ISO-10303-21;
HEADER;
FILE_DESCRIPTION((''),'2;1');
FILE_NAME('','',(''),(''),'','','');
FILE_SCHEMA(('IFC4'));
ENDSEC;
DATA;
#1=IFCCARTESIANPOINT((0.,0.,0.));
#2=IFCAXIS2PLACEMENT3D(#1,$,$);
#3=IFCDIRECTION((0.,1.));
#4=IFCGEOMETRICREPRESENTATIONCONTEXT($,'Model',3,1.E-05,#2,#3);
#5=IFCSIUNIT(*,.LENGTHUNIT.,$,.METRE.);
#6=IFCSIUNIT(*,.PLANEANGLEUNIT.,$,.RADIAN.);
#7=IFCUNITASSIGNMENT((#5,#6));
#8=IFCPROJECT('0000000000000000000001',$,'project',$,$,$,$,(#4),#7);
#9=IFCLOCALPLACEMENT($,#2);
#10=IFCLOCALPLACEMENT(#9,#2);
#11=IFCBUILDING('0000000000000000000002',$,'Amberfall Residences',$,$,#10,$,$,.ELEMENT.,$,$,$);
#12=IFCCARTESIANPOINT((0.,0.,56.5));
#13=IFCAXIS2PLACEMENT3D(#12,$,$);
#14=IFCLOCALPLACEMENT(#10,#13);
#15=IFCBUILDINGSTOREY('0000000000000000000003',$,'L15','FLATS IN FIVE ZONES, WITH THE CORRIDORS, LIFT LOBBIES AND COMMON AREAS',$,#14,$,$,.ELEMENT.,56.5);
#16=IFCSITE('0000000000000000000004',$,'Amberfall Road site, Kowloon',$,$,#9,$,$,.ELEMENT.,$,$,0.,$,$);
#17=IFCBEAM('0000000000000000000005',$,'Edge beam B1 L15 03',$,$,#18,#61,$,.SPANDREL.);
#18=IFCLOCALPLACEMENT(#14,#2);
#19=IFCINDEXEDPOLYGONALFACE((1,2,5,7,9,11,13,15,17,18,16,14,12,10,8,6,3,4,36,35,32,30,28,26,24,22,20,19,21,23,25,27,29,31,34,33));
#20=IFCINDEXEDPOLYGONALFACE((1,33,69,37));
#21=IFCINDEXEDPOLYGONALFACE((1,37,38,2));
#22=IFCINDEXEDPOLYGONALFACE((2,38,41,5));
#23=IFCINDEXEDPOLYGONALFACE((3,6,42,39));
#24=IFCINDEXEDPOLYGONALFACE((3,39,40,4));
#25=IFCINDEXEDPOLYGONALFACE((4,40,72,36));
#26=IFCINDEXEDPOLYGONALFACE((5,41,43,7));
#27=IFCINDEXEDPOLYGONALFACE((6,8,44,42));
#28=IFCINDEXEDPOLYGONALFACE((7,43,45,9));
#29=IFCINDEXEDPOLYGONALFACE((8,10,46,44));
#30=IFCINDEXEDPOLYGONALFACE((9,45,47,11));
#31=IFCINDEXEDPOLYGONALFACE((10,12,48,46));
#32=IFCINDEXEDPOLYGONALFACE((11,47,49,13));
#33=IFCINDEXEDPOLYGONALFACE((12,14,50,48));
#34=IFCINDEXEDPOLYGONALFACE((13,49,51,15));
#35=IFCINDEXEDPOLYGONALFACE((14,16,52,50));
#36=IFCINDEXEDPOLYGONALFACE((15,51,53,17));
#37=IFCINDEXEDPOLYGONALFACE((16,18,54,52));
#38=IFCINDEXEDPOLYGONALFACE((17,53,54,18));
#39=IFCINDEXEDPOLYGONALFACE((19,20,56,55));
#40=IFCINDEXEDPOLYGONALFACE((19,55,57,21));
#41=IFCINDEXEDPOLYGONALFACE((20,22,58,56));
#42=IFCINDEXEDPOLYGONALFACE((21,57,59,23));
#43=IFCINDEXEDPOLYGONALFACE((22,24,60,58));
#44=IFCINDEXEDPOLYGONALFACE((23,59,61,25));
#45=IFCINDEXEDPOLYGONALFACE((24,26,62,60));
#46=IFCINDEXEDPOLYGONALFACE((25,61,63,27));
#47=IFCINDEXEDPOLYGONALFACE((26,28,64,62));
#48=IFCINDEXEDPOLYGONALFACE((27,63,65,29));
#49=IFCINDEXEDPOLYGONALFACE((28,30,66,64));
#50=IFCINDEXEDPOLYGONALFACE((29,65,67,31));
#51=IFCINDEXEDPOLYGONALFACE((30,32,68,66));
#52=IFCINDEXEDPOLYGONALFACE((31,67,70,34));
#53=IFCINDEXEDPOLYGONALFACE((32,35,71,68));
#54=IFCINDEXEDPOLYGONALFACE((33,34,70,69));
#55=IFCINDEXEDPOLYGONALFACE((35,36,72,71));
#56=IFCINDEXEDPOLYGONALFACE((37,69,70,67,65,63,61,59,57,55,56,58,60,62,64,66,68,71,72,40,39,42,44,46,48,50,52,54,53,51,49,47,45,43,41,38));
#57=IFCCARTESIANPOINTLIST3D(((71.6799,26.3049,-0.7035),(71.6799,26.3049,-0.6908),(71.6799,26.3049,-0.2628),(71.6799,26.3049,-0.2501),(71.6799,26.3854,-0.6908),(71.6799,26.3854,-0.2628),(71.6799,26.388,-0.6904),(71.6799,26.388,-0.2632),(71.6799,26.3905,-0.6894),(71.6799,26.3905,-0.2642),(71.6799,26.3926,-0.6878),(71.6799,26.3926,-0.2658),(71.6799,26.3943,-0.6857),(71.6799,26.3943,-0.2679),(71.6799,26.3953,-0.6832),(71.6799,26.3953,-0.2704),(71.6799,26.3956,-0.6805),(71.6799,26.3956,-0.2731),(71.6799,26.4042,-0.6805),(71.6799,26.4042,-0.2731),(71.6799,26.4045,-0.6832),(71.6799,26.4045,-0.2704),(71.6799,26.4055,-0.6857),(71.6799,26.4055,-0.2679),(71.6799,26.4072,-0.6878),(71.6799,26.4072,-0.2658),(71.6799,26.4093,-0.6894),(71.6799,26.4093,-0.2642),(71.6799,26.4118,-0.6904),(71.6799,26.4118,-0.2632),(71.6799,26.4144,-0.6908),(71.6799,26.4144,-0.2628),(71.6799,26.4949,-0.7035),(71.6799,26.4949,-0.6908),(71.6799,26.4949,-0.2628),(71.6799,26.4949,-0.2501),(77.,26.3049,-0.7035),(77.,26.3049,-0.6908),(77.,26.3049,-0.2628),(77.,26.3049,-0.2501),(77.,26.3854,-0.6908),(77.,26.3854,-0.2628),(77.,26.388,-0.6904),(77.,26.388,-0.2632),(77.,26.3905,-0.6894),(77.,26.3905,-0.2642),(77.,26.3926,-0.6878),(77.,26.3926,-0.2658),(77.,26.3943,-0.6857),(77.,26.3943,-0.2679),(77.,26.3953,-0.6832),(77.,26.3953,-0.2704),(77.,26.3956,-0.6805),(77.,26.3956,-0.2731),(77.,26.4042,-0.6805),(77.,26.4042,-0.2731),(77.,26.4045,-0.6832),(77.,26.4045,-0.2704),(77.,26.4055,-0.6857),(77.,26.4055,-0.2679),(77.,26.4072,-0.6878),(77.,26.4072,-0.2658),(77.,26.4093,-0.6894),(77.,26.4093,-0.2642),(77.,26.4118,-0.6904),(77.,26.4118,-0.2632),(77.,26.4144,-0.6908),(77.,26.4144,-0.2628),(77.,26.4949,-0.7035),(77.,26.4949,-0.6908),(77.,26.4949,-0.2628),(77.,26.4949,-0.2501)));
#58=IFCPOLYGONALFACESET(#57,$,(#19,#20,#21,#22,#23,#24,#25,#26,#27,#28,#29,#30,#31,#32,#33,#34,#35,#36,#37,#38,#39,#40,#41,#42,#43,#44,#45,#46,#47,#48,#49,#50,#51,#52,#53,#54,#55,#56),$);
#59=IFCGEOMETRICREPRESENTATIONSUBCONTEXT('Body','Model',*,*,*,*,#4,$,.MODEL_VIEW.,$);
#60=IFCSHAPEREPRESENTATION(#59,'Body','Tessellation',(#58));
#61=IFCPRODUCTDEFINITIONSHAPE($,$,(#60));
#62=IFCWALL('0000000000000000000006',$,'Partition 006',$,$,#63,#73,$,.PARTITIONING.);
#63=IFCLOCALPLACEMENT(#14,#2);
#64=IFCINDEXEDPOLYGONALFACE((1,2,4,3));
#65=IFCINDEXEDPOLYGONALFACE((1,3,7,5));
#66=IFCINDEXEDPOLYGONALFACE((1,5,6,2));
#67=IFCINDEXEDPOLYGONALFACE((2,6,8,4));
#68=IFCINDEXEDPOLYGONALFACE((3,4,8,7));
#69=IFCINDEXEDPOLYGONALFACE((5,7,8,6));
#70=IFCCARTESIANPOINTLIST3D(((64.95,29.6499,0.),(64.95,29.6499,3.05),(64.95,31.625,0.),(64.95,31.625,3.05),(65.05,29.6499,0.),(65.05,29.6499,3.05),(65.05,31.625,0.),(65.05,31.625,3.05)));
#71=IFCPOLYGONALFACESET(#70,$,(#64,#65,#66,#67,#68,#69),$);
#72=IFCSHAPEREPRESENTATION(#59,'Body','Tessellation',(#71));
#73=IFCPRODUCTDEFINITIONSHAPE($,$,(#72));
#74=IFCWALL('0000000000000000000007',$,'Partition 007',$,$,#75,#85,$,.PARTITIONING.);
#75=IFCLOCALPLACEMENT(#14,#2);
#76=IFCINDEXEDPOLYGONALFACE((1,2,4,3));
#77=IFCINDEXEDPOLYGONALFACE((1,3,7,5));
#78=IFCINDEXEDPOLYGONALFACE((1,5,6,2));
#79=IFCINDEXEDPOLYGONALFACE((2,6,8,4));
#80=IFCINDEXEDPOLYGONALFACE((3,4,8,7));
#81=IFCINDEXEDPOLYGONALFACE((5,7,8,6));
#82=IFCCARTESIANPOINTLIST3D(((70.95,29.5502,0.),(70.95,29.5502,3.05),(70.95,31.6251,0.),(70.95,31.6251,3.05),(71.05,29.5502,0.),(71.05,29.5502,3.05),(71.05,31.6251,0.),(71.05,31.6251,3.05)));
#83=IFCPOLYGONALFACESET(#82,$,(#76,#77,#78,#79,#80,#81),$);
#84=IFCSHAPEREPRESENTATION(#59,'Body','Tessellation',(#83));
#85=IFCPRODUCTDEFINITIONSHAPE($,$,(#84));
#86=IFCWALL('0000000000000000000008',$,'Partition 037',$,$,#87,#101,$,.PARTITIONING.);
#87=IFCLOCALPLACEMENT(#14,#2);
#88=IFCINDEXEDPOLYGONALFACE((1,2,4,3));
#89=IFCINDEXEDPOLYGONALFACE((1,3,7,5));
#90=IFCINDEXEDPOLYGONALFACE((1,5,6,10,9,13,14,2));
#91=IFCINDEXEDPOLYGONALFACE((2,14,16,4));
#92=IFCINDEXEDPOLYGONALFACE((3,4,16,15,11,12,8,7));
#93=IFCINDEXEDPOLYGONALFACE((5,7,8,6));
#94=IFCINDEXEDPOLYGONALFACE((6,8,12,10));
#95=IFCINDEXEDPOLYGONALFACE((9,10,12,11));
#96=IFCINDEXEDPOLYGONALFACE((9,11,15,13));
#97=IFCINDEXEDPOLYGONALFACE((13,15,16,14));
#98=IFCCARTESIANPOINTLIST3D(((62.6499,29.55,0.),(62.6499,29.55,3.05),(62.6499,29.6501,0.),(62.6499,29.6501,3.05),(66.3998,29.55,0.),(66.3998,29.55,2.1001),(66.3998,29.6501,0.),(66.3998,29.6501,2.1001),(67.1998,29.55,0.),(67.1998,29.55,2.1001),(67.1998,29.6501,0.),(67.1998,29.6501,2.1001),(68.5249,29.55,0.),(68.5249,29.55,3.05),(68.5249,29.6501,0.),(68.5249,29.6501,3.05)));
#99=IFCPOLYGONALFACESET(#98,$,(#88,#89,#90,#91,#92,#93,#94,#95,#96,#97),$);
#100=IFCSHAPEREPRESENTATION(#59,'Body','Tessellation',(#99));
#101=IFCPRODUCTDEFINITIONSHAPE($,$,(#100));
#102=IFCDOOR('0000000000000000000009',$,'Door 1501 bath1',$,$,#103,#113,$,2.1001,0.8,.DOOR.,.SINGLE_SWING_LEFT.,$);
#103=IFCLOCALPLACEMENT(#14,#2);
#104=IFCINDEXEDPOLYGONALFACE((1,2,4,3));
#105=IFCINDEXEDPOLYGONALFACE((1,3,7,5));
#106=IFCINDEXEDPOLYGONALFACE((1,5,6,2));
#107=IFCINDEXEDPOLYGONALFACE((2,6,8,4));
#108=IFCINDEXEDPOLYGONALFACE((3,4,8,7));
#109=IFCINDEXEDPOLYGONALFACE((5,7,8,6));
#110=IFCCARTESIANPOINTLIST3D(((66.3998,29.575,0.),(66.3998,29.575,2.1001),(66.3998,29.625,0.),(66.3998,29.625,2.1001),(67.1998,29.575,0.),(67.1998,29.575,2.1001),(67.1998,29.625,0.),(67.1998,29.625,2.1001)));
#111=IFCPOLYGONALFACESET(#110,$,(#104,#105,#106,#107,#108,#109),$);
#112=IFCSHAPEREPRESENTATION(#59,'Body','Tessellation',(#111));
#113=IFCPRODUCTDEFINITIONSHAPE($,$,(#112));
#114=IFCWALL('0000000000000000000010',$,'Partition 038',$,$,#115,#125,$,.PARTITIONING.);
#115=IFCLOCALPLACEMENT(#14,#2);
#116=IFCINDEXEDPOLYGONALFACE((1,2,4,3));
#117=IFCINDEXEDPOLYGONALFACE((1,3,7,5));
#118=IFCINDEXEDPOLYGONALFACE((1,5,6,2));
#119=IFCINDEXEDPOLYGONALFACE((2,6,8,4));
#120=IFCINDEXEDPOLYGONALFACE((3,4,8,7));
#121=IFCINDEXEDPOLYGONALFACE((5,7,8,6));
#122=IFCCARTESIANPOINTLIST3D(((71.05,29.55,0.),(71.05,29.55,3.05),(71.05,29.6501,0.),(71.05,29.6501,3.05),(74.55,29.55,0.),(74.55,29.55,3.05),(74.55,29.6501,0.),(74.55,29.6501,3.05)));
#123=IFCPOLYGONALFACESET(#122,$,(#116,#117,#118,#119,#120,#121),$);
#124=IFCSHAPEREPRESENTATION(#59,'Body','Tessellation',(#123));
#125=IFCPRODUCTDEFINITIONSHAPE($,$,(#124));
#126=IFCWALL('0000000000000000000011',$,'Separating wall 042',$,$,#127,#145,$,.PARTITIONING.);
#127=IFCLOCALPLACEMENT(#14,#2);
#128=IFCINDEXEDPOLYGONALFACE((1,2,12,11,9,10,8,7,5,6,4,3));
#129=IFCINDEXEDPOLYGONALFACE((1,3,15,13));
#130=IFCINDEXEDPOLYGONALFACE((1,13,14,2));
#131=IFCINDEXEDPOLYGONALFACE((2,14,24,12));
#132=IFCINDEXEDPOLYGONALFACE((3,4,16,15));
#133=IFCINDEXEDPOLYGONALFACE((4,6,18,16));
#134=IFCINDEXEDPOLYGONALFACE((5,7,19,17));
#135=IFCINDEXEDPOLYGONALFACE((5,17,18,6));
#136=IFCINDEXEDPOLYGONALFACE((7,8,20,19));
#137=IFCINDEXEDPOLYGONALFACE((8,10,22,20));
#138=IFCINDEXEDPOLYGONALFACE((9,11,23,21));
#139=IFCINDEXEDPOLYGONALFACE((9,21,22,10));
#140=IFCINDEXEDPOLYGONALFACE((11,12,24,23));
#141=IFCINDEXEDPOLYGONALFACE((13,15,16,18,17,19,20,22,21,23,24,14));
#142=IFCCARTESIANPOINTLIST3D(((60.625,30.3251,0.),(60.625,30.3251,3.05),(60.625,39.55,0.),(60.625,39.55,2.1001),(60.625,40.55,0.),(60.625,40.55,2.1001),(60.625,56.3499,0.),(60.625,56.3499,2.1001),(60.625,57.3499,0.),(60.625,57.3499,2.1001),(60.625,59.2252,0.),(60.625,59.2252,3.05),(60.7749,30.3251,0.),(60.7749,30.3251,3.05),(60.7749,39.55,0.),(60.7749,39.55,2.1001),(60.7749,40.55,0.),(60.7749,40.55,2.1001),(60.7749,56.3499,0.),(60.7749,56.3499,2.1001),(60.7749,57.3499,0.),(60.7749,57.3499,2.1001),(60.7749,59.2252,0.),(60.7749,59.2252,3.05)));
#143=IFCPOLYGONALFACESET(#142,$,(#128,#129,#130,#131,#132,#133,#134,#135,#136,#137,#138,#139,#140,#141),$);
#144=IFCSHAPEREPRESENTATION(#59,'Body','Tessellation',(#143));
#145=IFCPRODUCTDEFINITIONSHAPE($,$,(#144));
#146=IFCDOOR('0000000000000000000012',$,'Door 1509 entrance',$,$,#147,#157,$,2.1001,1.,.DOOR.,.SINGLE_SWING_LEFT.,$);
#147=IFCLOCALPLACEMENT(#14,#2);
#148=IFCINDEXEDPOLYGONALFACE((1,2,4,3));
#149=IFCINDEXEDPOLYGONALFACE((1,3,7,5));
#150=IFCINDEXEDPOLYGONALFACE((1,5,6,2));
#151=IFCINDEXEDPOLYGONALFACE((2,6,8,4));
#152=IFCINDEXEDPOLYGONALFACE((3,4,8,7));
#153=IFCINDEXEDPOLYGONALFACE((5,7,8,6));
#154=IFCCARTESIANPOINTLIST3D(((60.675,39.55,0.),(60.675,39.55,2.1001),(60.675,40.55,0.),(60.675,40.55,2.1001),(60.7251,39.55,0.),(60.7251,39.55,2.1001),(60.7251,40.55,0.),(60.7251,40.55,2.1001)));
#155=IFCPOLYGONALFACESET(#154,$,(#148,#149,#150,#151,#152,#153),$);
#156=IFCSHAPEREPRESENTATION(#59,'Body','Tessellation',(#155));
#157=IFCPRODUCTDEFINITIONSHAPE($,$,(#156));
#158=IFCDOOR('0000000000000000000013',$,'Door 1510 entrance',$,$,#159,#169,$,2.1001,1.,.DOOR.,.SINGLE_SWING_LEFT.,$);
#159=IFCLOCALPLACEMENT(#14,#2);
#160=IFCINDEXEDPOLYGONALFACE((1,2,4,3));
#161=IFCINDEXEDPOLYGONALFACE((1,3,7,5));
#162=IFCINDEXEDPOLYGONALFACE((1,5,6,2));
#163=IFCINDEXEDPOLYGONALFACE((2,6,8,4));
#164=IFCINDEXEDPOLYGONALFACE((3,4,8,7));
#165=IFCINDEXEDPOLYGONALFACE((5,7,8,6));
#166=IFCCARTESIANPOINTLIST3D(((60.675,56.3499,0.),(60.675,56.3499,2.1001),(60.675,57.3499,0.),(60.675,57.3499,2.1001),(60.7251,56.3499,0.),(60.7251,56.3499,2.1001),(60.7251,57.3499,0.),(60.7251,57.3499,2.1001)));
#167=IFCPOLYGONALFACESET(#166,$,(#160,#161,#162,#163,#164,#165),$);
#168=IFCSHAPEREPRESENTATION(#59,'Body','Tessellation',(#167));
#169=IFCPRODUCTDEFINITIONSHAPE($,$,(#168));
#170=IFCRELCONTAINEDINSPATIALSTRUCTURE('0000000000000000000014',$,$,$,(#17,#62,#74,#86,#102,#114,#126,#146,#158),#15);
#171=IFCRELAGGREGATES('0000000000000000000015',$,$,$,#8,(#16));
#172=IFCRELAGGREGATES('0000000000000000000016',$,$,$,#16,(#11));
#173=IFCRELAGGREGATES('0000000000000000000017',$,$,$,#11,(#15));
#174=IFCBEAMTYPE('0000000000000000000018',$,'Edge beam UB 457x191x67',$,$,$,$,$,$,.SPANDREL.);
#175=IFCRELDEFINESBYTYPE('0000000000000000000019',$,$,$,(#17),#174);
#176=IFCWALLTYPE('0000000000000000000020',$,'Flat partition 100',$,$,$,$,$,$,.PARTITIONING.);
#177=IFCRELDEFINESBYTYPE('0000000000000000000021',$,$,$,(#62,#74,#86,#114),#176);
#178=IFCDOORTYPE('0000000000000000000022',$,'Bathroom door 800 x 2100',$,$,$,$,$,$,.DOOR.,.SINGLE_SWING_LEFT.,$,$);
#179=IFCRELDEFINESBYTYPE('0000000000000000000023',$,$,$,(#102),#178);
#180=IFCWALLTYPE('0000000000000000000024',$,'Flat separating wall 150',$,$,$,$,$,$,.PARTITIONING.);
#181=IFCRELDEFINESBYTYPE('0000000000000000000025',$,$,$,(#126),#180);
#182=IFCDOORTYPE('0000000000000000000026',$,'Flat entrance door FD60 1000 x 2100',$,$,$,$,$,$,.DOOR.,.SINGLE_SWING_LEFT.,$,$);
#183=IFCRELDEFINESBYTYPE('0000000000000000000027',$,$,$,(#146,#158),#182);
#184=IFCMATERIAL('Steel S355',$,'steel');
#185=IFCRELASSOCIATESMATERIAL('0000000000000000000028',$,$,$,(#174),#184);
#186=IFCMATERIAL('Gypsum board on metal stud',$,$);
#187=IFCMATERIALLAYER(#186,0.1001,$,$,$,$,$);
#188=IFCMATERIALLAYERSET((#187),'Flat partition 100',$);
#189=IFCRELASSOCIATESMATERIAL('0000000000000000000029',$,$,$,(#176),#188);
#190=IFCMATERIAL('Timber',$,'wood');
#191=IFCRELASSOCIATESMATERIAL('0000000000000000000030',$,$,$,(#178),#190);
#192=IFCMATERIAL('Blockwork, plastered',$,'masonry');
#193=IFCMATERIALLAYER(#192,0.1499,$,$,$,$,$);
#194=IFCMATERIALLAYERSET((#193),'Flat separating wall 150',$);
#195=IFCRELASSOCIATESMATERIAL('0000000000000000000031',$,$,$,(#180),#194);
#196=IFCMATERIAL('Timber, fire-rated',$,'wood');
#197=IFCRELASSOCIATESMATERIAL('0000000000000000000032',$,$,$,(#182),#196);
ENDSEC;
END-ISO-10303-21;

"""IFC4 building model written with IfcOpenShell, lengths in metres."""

from ifc_helpers import new_model, si_unit, direction, frame, frame_2d, origin, origin_2d, place, context, subcontext, project, spatial, rectangle, i_section, extrude, material, layer, layer_set, material_profile, profile_set, type_object, element, fill, save


model = new_model("IFC4")

# Units and contexts
model_context = context("Model", 3, precision=1e-05, world=origin(), true_north=direction((0.0, 1.0)))
body_context = subcontext(model_context, "Body", "Model", "MODEL_VIEW")
ifc_project = project(units=[si_unit("LENGTHUNIT", "METRE"), si_unit("PLANEANGLEUNIT", "RADIAN")], contexts=[model_context])

# Site, building, storey
site_placement = place(None, origin())
site = spatial("IfcSite", under=ifc_project, at=site_placement, Name="Amberfall Road site, Kowloon", CompositionType="ELEMENT", RefElevation=0.0)
building_placement = place(site_placement, origin())
building = spatial("IfcBuilding", under=site, at=building_placement, Name="Amberfall Residences", CompositionType="ELEMENT")
storey_placement = place(building_placement, frame((0.0, 0.0, 56.5)))
storey = spatial("IfcBuildingStorey", under=building, at=storey_placement, Name="L15", Description="FLATS IN FIVE ZONES, WITH THE CORRIDORS, LIFT LOBBIES AND COMMON AREAS", CompositionType="ELEMENT", Elevation=56.5)

# Beam
ifc_material_1 = material(Name="Steel S355", Category="steel")
ifc_material_profile = material_profile(ifc_material_1, i_section(OverallWidth=0.1899, OverallDepth=0.4534, WebThickness=0.0085, FlangeThickness=0.0127, FilletRadius=0.0103, at=origin_2d()), Name="UB 457x191x67")
ifc_profile_set = profile_set([ifc_material_profile], Name="Steel S355")
beam_type = type_object("IfcBeamType", Name="Edge beam UB 457x191x67", PredefinedType="SPANDREL", material=ifc_profile_set)
beam_placement = place(storey_placement, frame((71.6799, 26.3999, -0.4768), z_axis=(1.0, 0.0, 0.0), x_axis=(0.0, 1.0, 0.0)))
element("IfcBeam", 1, at=beam_placement, inside=storey, type_object=beam_type, Name="Edge beam B1 L15 03", PredefinedType="SPANDREL", context=body_context, shape_type="SweptSolid", body=[
    extrude(i_section(OverallWidth=0.1899, OverallDepth=0.4534, WebThickness=0.0085, FlangeThickness=0.0127, FilletRadius=0.0103, at=origin_2d()), origin(), (0.0, 0.0, 1.0), 5.3201),
])

# Walls
ifc_material_2 = material(Name="Gypsum board on metal stud")
ifc_layer_1 = layer(ifc_material_2, 0.1001)
ifc_layer_set_1 = layer_set([ifc_layer_1], Name="Flat partition 100")
wall_type_1 = type_object("IfcWallType", Name="Flat partition 100", PredefinedType="PARTITIONING", material=ifc_layer_set_1)
wall_1_placement = place(storey_placement, frame((65.0, 29.6499, 0.0), z_axis=(0.0, 0.0, 1.0), x_axis=(0.0, 1.0, 0.0)))
element("IfcWall", 2, at=wall_1_placement, inside=storey, type_object=wall_type_1, Name="Partition 006", PredefinedType="PARTITIONING", context=body_context, shape_type="SweptSolid", body=[
    extrude(rectangle(XDim=1.9751, YDim=0.1001, at=frame_2d((0.9875, 0.0))), origin(), (0.0, 0.0, 1.0), 3.05),
])
wall_2_placement = place(storey_placement, frame((71.0, 29.55, 0.0), z_axis=(0.0, 0.0, 1.0), x_axis=(0.0, 1.0, 0.0)))
element("IfcWall", 3, at=wall_2_placement, inside=storey, type_object=wall_type_1, Name="Partition 007", PredefinedType="PARTITIONING", context=body_context, shape_type="SweptSolid", body=[
    extrude(rectangle(XDim=2.075, YDim=0.1001, at=frame_2d((1.0376, 0.0))), origin(), (0.0, 0.0, 1.0), 3.05),
])

# Wall, opening, door
wall_3_placement = place(storey_placement, frame((62.6499, 29.6001, 0.0), z_axis=(0.0, 0.0, 1.0), x_axis=(1.0, 0.0, 0.0)))
wall_3 = element("IfcWall", 4, at=wall_3_placement, inside=storey, type_object=wall_type_1, Name="Partition 037", PredefinedType="PARTITIONING", context=body_context, shape_type="SweptSolid", body=[
    extrude(rectangle(XDim=5.875, YDim=0.1001, at=frame_2d((2.9375, 0.0))), origin(), (0.0, 0.0, 1.0), 3.05),
])
opening_1_placement = place(wall_3_placement, frame((3.75, 0.0, 0.0)))
opening_1 = element("IfcOpeningElement", 5, at=opening_1_placement, cuts=wall_3, PredefinedType="OPENING", context=body_context, shape_type="SweptSolid", body=[
    extrude(rectangle(XDim=0.8, YDim=2.1001, at=frame_2d((0.3999, 1.05))), frame((0.0, 0.0601, 0.0), z_axis=(0.0, -1.0, 0.0), x_axis=(1.0, 0.0, 0.0)), (0.0, 0.0, 1.0), 0.1201),
])
ifc_material_3 = material(Name="Timber", Category="wood")
door_type_1 = type_object("IfcDoorType", Name="Bathroom door 800 x 2100", OperationType="SINGLE_SWING_LEFT", PredefinedType="DOOR", material=ifc_material_3)
door_1_placement = place(opening_1_placement, origin())
door_1 = element("IfcDoor", 6, at=door_1_placement, inside=storey, type_object=door_type_1, Name="Door 1501 bath1", OperationType="SINGLE_SWING_LEFT", OverallHeight=2.1001, OverallWidth=0.8, PredefinedType="DOOR", context=body_context, shape_type="SweptSolid", body=[
    extrude(rectangle(XDim=0.8, YDim=2.1001, at=frame_2d((0.3999, 1.05))), frame((0.0, 0.0249, 0.0), z_axis=(0.0, -1.0, 0.0), x_axis=(1.0, 0.0, 0.0)), (0.0, 0.0, 1.0), 0.05),
])
fill(opening_1, door_1)

# Wall
wall_4_placement = place(storey_placement, frame((71.05, 29.6001, 0.0), z_axis=(0.0, 0.0, 1.0), x_axis=(1.0, 0.0, 0.0)))
element("IfcWall", 7, at=wall_4_placement, inside=storey, type_object=wall_type_1, Name="Partition 038", PredefinedType="PARTITIONING", context=body_context, shape_type="SweptSolid", body=[
    extrude(rectangle(XDim=3.5, YDim=0.1001, at=frame_2d((1.75, 0.0))), origin(), (0.0, 0.0, 1.0), 3.05),
])

# Wall, openings, doors
ifc_material_4 = material(Name="Blockwork, plastered", Category="masonry")
ifc_layer_2 = layer(ifc_material_4, 0.1499)
ifc_layer_set_2 = layer_set([ifc_layer_2], Name="Flat separating wall 150")
wall_type_2 = type_object("IfcWallType", Name="Flat separating wall 150", PredefinedType="PARTITIONING", material=ifc_layer_set_2)
wall_5_placement = place(storey_placement, frame((60.7, 30.325, 0.0), z_axis=(0.0, 0.0, 1.0), x_axis=(0.0, 1.0, 0.0)))
wall_5 = element("IfcWall", 8, at=wall_5_placement, inside=storey, type_object=wall_type_2, Name="Separating wall 042", PredefinedType="PARTITIONING", context=body_context, shape_type="SweptSolid", body=[
    extrude(rectangle(XDim=28.9001, YDim=0.1499, at=frame_2d((14.4502, 0.0))), origin(), (0.0, 0.0, 1.0), 3.05),
])
opening_2_placement = place(wall_5_placement, frame((9.2251, 0.0, 0.0)))
opening_2 = element("IfcOpeningElement", 9, at=opening_2_placement, cuts=wall_5, PredefinedType="OPENING", context=body_context, shape_type="SweptSolid", body=[
    extrude(rectangle(XDim=1.0, YDim=2.1001, at=frame_2d((0.5, 1.05))), frame((0.0, 0.085, 0.0), z_axis=(0.0, -1.0, 0.0), x_axis=(1.0, 0.0, 0.0)), (0.0, 0.0, 1.0), 0.1699),
])
opening_3_placement = place(wall_5_placement, frame((26.0249, 0.0, 0.0)))
opening_3 = element("IfcOpeningElement", 10, at=opening_3_placement, cuts=wall_5, PredefinedType="OPENING", context=body_context, shape_type="SweptSolid", body=[
    extrude(rectangle(XDim=1.0, YDim=2.1001, at=frame_2d((0.5, 1.05))), frame((0.0, 0.085, 0.0), z_axis=(0.0, -1.0, 0.0), x_axis=(1.0, 0.0, 0.0)), (0.0, 0.0, 1.0), 0.1699),
])
ifc_material_5 = material(Name="Timber, fire-rated", Category="wood")
door_type_2 = type_object("IfcDoorType", Name="Flat entrance door FD60 1000 x 2100", OperationType="SINGLE_SWING_LEFT", PredefinedType="DOOR", material=ifc_material_5)
door_2_placement = place(opening_2_placement, origin())
door_2 = element("IfcDoor", 11, at=door_2_placement, inside=storey, type_object=door_type_2, Name="Door 1509 entrance", OperationType="SINGLE_SWING_LEFT", OverallHeight=2.1001, OverallWidth=1.0, PredefinedType="DOOR", context=body_context, shape_type="SweptSolid", body=[
    extrude(rectangle(XDim=1.0, YDim=2.1001, at=frame_2d((0.5, 1.05))), frame((0.0, 0.0249, 0.0), z_axis=(0.0, -1.0, 0.0), x_axis=(1.0, 0.0, 0.0)), (0.0, 0.0, 1.0), 0.05),
])
fill(opening_2, door_2)
door_3_placement = place(opening_3_placement, origin())
door_3 = element("IfcDoor", 12, at=door_3_placement, inside=storey, type_object=door_type_2, Name="Door 1510 entrance", OperationType="SINGLE_SWING_LEFT", OverallHeight=2.1001, OverallWidth=1.0, PredefinedType="DOOR", context=body_context, shape_type="SweptSolid", body=[
    extrude(rectangle(XDim=1.0, YDim=2.1001, at=frame_2d((0.5, 1.05))), frame((0.0, 0.0249, 0.0), z_axis=(0.0, -1.0, 0.0), x_axis=(1.0, 0.0, 0.0)), (0.0, 0.0, 1.0), 0.05),
])
fill(opening_3, door_3)

save(model, "model.ifc")
